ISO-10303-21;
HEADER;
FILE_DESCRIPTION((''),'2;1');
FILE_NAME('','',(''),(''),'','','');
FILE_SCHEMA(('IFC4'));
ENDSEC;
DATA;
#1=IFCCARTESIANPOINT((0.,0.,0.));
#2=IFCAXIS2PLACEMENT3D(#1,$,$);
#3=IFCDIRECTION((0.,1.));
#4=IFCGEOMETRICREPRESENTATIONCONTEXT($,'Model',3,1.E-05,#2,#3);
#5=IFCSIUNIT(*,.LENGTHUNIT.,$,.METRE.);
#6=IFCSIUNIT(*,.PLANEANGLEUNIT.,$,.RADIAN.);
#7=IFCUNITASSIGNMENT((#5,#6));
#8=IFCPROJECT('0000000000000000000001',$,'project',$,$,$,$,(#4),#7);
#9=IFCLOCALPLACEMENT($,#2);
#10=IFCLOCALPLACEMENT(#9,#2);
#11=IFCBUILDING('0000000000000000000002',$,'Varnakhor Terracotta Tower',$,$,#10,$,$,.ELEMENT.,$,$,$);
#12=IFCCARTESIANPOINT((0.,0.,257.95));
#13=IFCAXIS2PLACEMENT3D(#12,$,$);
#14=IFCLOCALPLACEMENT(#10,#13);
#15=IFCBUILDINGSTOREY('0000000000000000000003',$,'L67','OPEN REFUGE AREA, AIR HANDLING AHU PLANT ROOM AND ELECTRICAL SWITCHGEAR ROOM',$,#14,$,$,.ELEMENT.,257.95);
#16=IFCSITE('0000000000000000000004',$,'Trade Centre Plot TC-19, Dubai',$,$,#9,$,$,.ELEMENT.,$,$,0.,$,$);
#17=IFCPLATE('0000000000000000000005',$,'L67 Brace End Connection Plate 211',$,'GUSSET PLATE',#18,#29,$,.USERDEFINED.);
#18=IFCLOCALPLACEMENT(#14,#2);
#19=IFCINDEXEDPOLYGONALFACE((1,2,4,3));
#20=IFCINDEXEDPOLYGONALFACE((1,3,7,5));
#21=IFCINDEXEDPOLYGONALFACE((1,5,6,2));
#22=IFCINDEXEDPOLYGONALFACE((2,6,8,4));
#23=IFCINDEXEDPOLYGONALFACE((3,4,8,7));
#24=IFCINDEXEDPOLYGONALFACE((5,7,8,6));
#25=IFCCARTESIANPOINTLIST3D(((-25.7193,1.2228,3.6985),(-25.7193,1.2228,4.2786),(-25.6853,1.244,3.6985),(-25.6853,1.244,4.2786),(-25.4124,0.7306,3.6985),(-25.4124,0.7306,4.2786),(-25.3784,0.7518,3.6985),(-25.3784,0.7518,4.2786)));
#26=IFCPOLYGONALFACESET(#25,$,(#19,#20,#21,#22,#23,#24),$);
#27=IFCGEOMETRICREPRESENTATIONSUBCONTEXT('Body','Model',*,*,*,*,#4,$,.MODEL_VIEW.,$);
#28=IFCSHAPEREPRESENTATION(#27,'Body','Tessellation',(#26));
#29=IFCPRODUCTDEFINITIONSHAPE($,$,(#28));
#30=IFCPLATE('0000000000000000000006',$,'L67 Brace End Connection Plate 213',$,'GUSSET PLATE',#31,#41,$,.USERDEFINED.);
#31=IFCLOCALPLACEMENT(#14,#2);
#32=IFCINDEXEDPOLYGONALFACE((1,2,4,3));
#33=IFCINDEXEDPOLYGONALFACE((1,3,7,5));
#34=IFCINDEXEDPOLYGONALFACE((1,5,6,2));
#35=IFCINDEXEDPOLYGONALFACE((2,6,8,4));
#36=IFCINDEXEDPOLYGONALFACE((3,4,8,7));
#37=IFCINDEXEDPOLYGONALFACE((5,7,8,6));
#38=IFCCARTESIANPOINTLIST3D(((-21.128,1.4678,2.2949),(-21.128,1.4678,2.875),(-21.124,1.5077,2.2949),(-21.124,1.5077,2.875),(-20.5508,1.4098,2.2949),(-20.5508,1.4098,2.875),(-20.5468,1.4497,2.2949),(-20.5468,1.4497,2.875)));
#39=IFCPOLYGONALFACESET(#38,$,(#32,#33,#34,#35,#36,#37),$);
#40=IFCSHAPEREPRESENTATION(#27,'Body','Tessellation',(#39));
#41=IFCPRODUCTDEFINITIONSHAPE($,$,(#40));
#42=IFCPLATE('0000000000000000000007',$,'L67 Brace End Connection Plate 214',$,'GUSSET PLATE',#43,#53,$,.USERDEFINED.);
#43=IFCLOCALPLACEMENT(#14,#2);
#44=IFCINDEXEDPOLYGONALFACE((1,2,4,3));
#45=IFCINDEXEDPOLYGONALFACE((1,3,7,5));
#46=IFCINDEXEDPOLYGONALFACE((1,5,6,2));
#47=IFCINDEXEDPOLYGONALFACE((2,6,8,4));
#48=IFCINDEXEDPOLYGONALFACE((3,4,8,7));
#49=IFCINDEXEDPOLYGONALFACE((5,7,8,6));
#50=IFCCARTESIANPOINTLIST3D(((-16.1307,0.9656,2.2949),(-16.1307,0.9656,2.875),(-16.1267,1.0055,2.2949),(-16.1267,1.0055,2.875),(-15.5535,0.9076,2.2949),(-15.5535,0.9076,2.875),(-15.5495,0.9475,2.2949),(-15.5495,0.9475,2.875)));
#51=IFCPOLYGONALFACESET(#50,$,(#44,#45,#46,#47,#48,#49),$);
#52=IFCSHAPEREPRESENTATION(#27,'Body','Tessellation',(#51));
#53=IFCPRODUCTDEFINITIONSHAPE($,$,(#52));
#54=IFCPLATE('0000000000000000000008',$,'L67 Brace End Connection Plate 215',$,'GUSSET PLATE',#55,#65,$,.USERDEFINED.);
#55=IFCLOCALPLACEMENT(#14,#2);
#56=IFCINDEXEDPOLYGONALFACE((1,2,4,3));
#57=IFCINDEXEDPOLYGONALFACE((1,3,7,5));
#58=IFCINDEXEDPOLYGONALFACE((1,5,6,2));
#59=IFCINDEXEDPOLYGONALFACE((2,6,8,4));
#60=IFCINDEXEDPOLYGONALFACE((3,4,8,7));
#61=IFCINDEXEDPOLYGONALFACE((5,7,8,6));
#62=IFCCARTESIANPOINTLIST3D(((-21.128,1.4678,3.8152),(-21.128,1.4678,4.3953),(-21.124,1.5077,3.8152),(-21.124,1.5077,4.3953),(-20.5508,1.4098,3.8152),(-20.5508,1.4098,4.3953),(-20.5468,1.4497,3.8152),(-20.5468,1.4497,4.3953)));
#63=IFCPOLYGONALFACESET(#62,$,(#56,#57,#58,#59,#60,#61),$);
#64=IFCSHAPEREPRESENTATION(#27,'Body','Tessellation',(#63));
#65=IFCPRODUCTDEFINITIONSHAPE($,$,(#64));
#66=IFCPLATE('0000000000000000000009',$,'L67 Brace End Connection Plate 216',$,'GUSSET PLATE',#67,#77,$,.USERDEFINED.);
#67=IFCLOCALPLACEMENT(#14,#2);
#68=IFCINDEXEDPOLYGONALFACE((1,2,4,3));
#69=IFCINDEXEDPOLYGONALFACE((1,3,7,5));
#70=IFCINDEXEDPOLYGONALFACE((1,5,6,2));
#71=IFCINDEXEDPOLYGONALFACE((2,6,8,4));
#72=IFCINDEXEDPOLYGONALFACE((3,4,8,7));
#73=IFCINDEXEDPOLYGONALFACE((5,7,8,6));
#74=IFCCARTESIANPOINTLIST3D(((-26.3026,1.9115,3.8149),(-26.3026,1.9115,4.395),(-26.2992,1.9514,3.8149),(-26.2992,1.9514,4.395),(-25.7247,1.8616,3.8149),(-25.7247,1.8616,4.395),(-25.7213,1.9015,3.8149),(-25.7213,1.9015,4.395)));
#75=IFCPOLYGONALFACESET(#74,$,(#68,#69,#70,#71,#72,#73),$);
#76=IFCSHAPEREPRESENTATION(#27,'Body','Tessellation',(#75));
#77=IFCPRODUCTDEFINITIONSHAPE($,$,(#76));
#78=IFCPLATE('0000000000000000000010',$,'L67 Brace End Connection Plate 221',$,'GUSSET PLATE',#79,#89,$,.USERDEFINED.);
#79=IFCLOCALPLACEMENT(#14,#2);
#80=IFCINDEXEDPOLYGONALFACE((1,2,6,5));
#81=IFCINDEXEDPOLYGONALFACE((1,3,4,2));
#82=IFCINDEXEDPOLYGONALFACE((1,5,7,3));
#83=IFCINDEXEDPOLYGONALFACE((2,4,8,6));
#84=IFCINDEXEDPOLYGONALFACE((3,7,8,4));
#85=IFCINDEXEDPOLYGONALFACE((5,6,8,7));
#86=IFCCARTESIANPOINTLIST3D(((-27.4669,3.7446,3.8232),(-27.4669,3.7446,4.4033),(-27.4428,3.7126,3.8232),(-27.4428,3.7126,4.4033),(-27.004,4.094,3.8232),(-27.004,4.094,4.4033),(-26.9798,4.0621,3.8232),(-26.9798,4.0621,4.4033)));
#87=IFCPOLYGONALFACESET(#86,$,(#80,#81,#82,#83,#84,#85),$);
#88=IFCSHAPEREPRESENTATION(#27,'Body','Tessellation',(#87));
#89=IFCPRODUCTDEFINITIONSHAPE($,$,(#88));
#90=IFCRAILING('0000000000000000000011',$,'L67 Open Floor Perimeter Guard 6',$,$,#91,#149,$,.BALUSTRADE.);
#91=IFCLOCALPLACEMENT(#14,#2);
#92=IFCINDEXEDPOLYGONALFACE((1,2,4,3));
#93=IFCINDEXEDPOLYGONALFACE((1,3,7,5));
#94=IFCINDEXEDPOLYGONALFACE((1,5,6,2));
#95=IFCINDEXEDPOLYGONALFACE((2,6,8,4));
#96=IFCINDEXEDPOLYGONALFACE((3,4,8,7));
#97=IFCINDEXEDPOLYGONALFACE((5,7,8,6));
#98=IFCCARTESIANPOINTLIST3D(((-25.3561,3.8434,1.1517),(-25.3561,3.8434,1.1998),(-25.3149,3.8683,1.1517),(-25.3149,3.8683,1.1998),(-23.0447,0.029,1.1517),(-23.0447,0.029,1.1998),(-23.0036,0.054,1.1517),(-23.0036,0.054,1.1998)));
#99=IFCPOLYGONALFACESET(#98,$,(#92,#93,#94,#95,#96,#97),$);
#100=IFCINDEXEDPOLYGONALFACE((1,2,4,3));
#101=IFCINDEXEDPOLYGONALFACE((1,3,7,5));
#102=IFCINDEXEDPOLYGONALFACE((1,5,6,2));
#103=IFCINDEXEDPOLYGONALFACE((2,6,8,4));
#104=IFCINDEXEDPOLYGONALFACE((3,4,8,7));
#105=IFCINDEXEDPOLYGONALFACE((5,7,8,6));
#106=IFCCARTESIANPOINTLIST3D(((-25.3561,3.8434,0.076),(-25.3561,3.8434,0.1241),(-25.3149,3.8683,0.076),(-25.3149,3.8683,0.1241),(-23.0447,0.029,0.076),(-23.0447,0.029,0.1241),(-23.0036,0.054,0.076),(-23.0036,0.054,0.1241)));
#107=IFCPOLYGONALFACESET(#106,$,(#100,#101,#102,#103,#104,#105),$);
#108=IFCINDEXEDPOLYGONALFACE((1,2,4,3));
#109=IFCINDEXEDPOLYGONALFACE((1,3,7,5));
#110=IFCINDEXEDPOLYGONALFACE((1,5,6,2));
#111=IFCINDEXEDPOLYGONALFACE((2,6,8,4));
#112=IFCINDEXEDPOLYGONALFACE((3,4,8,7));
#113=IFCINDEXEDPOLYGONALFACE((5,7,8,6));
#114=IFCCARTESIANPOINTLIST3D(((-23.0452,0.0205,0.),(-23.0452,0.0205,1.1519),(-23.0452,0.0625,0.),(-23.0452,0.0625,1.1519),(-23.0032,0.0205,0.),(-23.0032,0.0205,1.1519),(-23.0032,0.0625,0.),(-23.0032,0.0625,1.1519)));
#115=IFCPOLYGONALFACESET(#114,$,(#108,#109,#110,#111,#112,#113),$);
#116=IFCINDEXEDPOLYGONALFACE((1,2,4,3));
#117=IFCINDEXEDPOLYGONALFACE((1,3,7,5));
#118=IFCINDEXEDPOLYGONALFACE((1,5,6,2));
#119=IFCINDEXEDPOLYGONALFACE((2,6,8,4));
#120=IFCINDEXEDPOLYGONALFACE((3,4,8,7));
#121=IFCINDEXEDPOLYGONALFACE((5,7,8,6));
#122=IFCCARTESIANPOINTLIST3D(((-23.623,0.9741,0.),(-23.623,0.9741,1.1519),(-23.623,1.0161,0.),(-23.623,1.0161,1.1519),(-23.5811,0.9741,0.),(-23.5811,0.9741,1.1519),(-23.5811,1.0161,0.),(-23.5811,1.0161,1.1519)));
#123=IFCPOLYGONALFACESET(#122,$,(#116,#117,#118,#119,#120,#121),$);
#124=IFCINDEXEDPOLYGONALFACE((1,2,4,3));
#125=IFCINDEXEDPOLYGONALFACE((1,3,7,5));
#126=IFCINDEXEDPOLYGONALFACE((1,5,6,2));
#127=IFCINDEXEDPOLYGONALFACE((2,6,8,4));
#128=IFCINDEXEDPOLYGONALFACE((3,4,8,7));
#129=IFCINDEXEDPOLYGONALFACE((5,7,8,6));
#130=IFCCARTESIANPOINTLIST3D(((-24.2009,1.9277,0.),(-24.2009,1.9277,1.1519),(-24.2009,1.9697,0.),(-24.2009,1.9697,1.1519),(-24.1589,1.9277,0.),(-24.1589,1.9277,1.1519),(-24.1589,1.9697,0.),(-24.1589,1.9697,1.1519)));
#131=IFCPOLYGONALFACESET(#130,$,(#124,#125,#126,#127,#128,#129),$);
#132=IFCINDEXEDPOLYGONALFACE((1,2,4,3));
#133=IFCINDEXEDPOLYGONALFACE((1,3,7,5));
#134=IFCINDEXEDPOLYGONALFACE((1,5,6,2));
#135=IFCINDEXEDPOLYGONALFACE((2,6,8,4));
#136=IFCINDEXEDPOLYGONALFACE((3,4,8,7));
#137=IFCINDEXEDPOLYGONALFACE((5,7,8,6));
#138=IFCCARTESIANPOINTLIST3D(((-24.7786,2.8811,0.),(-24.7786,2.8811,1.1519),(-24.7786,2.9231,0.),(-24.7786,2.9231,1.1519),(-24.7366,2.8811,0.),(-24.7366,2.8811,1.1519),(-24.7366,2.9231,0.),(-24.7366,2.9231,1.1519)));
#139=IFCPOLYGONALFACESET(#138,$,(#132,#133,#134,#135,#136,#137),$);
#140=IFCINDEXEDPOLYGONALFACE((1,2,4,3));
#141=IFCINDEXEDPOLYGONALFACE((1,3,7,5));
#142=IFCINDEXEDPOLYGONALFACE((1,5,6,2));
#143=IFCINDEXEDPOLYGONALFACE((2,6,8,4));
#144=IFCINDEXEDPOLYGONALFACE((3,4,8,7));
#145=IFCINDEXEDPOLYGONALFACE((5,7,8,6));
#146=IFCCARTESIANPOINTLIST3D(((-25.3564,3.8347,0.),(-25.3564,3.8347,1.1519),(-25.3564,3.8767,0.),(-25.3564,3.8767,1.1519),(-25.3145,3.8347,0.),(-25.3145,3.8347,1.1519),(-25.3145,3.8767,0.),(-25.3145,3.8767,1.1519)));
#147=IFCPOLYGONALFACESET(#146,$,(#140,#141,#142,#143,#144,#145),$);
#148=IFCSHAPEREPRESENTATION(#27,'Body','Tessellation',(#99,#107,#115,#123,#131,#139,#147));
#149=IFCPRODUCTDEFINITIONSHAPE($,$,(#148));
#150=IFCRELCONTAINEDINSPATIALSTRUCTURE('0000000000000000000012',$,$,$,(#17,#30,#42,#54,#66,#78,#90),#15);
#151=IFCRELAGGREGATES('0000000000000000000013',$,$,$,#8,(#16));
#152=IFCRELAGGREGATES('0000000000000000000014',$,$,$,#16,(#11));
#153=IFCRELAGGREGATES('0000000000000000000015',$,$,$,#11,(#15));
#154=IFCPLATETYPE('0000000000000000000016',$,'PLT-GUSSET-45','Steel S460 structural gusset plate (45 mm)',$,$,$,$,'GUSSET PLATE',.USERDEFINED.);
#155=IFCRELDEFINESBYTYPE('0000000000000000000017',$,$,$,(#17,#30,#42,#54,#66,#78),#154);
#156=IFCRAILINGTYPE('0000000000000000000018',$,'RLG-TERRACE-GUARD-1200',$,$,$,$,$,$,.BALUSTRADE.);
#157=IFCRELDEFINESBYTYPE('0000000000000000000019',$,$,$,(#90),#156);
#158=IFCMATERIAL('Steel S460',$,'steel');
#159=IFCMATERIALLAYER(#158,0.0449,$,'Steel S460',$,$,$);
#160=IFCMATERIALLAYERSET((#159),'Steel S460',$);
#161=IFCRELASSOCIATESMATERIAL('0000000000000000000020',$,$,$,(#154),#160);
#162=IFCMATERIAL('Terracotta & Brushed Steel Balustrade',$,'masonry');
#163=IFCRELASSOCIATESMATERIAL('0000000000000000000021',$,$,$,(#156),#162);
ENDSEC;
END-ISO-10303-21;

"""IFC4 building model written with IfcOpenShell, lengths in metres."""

from ifc_helpers import new_model, si_unit, direction, frame, origin, origin_2d, place, context, subcontext, project, spatial, rectangle, extrude, source, transform, mapped, material, layer, layer_set, type_object, element, save


model = new_model("IFC4")

# Units and contexts
model_context = context("Model", 3, precision=1e-05, world=origin(), true_north=direction((0.0, 1.0)))
body_context = subcontext(model_context, "Body", "Model", "MODEL_VIEW")
ifc_project = project(units=[si_unit("LENGTHUNIT", "METRE"), si_unit("PLANEANGLEUNIT", "RADIAN")], contexts=[model_context])

# Site, building, storey
site_placement = place(None, origin())
site = spatial("IfcSite", under=ifc_project, at=site_placement, Name="Trade Centre Plot TC-19, Dubai", CompositionType="ELEMENT", RefElevation=0.0)
building_placement = place(site_placement, origin())
building = spatial("IfcBuilding", under=site, at=building_placement, Name="Varnakhor Terracotta Tower", CompositionType="ELEMENT")
storey_placement = place(building_placement, frame((0.0, 0.0, 257.95)))
storey = spatial("IfcBuildingStorey", under=building, at=storey_placement, Name="L67", Description="OPEN REFUGE AREA, AIR HANDLING AHU PLANT ROOM AND ELECTRICAL SWITCHGEAR ROOM", CompositionType="ELEMENT", Elevation=257.95)

# Shared definitions
ifc_material_1 = material(Name="Steel S460", Category="steel")

# Plates
ifc_layer = layer(ifc_material_1, 0.0449, Name="Steel S460")
ifc_layer_set = layer_set([ifc_layer], Name="Steel S460")
plate_type = type_object("IfcPlateType", Name="PLT-GUSSET-45", Description="Steel S460 structural gusset plate (45 mm)", ElementType="GUSSET PLATE", PredefinedType="USERDEFINED", material=ifc_layer_set)
shared_shape_1 = source(origin(), body_context, "Body", "SweptSolid", [
    extrude(rectangle(XDim=0.5801, YDim=0.04, at=origin_2d()), origin(), (0.0, 0.0, 1.0), 0.5801),
])
for number, where, z_axis, x_axis, name in (
    (1, (-25.5488, 0.9873, 3.6985), (0.0, 0.0, 1.0), (0.52909, -0.848566, 0.0), "L67 Brace End Connection Plate 211"),
    (2, (-20.8374, 1.4587, 2.2949), (0.0, 0.0, 1.0), (-0.994989, 0.09998, 0.0), "L67 Brace End Connection Plate 213"),
    (3, (-15.8401, 0.9565, 2.2949), (0.0, 0.0, 1.0), (-0.994988, 0.099997, 0.0), "L67 Brace End Connection Plate 214"),
    (4, (-20.8374, 1.4587, 3.8152), (0.0, 0.0, 1.0), (-0.994991, 0.099962, 0.0), "L67 Brace End Connection Plate 215"),
    (5, (-26.012, 1.9065, 3.8149), (0.0, 0.0, 1.0), (-0.996305, 0.085886, 0.0), "L67 Brace End Connection Plate 216"),
    (6, (-27.2234, 3.9033, 3.8232), (0.0, 0.0, 1.0), (-0.798152, -0.602456, 0.0), "L67 Brace End Connection Plate 221"),
):
    element("IfcPlate", number, at=place(storey_placement, frame(where, z_axis=z_axis, x_axis=x_axis)), inside=storey, type_object=plate_type, Name=name, ObjectType="GUSSET PLATE", PredefinedType="USERDEFINED", context=body_context, shape_type="MappedRepresentation", body=[
        mapped(shared_shape_1, transform((0.0, 0.0, 0.0), scale=1.0)),
    ])

# Railing
ifc_material_2 = material(Name="Terracotta & Brushed Steel Balustrade", Category="masonry")
railing_type = type_object("IfcRailingType", Name="RLG-TERRACE-GUARD-1200", PredefinedType="BALUSTRADE", material=ifc_material_2)
railing_1_placement = place(storey_placement, frame((-23.0242, 0.0415, 0.0)))
element("IfcRailing", 7, at=railing_1_placement, inside=storey, type_object=railing_type, Name="L67 Open Floor Perimeter Guard 6", PredefinedType="BALUSTRADE", context=body_context, shape_type="SweptSolid", body=[
    extrude(rectangle(XDim=0.0481, YDim=0.0481, at=origin_2d()), frame((0.0, 0.0, 1.1758), z_axis=(-0.518242, 0.855234, 0.0), x_axis=(-0.855234, -0.518242, 0.0)), (0.0, 0.0, 1.0), 4.46),
    extrude(rectangle(XDim=0.0481, YDim=0.0481, at=origin_2d()), frame((0.0, 0.0, 0.1001), z_axis=(-0.518242, 0.855234, 0.0), x_axis=(-0.855234, -0.518242, 0.0)), (0.0, 0.0, 1.0), 4.46),
    extrude(rectangle(XDim=0.042, YDim=0.042, at=origin_2d()), origin(), (0.0, 0.0, 1.0), 1.1519),
    extrude(rectangle(XDim=0.042, YDim=0.042, at=origin_2d()), frame((-0.5779, 0.9536, 0.0)), (0.0, 0.0, 1.0), 1.1519),
    extrude(rectangle(XDim=0.042, YDim=0.042, at=origin_2d()), frame((-1.1558, 1.9072, 0.0)), (0.0, 0.0, 1.0), 1.1519),
    extrude(rectangle(XDim=0.042, YDim=0.042, at=origin_2d()), frame((-1.7334, 2.8606, 0.0)), (0.0, 0.0, 1.0), 1.1519),
    extrude(rectangle(XDim=0.042, YDim=0.042, at=origin_2d()), frame((-2.3113, 3.8142, 0.0)), (0.0, 0.0, 1.0), 1.1519),
])

save(model, "model.ifc")
